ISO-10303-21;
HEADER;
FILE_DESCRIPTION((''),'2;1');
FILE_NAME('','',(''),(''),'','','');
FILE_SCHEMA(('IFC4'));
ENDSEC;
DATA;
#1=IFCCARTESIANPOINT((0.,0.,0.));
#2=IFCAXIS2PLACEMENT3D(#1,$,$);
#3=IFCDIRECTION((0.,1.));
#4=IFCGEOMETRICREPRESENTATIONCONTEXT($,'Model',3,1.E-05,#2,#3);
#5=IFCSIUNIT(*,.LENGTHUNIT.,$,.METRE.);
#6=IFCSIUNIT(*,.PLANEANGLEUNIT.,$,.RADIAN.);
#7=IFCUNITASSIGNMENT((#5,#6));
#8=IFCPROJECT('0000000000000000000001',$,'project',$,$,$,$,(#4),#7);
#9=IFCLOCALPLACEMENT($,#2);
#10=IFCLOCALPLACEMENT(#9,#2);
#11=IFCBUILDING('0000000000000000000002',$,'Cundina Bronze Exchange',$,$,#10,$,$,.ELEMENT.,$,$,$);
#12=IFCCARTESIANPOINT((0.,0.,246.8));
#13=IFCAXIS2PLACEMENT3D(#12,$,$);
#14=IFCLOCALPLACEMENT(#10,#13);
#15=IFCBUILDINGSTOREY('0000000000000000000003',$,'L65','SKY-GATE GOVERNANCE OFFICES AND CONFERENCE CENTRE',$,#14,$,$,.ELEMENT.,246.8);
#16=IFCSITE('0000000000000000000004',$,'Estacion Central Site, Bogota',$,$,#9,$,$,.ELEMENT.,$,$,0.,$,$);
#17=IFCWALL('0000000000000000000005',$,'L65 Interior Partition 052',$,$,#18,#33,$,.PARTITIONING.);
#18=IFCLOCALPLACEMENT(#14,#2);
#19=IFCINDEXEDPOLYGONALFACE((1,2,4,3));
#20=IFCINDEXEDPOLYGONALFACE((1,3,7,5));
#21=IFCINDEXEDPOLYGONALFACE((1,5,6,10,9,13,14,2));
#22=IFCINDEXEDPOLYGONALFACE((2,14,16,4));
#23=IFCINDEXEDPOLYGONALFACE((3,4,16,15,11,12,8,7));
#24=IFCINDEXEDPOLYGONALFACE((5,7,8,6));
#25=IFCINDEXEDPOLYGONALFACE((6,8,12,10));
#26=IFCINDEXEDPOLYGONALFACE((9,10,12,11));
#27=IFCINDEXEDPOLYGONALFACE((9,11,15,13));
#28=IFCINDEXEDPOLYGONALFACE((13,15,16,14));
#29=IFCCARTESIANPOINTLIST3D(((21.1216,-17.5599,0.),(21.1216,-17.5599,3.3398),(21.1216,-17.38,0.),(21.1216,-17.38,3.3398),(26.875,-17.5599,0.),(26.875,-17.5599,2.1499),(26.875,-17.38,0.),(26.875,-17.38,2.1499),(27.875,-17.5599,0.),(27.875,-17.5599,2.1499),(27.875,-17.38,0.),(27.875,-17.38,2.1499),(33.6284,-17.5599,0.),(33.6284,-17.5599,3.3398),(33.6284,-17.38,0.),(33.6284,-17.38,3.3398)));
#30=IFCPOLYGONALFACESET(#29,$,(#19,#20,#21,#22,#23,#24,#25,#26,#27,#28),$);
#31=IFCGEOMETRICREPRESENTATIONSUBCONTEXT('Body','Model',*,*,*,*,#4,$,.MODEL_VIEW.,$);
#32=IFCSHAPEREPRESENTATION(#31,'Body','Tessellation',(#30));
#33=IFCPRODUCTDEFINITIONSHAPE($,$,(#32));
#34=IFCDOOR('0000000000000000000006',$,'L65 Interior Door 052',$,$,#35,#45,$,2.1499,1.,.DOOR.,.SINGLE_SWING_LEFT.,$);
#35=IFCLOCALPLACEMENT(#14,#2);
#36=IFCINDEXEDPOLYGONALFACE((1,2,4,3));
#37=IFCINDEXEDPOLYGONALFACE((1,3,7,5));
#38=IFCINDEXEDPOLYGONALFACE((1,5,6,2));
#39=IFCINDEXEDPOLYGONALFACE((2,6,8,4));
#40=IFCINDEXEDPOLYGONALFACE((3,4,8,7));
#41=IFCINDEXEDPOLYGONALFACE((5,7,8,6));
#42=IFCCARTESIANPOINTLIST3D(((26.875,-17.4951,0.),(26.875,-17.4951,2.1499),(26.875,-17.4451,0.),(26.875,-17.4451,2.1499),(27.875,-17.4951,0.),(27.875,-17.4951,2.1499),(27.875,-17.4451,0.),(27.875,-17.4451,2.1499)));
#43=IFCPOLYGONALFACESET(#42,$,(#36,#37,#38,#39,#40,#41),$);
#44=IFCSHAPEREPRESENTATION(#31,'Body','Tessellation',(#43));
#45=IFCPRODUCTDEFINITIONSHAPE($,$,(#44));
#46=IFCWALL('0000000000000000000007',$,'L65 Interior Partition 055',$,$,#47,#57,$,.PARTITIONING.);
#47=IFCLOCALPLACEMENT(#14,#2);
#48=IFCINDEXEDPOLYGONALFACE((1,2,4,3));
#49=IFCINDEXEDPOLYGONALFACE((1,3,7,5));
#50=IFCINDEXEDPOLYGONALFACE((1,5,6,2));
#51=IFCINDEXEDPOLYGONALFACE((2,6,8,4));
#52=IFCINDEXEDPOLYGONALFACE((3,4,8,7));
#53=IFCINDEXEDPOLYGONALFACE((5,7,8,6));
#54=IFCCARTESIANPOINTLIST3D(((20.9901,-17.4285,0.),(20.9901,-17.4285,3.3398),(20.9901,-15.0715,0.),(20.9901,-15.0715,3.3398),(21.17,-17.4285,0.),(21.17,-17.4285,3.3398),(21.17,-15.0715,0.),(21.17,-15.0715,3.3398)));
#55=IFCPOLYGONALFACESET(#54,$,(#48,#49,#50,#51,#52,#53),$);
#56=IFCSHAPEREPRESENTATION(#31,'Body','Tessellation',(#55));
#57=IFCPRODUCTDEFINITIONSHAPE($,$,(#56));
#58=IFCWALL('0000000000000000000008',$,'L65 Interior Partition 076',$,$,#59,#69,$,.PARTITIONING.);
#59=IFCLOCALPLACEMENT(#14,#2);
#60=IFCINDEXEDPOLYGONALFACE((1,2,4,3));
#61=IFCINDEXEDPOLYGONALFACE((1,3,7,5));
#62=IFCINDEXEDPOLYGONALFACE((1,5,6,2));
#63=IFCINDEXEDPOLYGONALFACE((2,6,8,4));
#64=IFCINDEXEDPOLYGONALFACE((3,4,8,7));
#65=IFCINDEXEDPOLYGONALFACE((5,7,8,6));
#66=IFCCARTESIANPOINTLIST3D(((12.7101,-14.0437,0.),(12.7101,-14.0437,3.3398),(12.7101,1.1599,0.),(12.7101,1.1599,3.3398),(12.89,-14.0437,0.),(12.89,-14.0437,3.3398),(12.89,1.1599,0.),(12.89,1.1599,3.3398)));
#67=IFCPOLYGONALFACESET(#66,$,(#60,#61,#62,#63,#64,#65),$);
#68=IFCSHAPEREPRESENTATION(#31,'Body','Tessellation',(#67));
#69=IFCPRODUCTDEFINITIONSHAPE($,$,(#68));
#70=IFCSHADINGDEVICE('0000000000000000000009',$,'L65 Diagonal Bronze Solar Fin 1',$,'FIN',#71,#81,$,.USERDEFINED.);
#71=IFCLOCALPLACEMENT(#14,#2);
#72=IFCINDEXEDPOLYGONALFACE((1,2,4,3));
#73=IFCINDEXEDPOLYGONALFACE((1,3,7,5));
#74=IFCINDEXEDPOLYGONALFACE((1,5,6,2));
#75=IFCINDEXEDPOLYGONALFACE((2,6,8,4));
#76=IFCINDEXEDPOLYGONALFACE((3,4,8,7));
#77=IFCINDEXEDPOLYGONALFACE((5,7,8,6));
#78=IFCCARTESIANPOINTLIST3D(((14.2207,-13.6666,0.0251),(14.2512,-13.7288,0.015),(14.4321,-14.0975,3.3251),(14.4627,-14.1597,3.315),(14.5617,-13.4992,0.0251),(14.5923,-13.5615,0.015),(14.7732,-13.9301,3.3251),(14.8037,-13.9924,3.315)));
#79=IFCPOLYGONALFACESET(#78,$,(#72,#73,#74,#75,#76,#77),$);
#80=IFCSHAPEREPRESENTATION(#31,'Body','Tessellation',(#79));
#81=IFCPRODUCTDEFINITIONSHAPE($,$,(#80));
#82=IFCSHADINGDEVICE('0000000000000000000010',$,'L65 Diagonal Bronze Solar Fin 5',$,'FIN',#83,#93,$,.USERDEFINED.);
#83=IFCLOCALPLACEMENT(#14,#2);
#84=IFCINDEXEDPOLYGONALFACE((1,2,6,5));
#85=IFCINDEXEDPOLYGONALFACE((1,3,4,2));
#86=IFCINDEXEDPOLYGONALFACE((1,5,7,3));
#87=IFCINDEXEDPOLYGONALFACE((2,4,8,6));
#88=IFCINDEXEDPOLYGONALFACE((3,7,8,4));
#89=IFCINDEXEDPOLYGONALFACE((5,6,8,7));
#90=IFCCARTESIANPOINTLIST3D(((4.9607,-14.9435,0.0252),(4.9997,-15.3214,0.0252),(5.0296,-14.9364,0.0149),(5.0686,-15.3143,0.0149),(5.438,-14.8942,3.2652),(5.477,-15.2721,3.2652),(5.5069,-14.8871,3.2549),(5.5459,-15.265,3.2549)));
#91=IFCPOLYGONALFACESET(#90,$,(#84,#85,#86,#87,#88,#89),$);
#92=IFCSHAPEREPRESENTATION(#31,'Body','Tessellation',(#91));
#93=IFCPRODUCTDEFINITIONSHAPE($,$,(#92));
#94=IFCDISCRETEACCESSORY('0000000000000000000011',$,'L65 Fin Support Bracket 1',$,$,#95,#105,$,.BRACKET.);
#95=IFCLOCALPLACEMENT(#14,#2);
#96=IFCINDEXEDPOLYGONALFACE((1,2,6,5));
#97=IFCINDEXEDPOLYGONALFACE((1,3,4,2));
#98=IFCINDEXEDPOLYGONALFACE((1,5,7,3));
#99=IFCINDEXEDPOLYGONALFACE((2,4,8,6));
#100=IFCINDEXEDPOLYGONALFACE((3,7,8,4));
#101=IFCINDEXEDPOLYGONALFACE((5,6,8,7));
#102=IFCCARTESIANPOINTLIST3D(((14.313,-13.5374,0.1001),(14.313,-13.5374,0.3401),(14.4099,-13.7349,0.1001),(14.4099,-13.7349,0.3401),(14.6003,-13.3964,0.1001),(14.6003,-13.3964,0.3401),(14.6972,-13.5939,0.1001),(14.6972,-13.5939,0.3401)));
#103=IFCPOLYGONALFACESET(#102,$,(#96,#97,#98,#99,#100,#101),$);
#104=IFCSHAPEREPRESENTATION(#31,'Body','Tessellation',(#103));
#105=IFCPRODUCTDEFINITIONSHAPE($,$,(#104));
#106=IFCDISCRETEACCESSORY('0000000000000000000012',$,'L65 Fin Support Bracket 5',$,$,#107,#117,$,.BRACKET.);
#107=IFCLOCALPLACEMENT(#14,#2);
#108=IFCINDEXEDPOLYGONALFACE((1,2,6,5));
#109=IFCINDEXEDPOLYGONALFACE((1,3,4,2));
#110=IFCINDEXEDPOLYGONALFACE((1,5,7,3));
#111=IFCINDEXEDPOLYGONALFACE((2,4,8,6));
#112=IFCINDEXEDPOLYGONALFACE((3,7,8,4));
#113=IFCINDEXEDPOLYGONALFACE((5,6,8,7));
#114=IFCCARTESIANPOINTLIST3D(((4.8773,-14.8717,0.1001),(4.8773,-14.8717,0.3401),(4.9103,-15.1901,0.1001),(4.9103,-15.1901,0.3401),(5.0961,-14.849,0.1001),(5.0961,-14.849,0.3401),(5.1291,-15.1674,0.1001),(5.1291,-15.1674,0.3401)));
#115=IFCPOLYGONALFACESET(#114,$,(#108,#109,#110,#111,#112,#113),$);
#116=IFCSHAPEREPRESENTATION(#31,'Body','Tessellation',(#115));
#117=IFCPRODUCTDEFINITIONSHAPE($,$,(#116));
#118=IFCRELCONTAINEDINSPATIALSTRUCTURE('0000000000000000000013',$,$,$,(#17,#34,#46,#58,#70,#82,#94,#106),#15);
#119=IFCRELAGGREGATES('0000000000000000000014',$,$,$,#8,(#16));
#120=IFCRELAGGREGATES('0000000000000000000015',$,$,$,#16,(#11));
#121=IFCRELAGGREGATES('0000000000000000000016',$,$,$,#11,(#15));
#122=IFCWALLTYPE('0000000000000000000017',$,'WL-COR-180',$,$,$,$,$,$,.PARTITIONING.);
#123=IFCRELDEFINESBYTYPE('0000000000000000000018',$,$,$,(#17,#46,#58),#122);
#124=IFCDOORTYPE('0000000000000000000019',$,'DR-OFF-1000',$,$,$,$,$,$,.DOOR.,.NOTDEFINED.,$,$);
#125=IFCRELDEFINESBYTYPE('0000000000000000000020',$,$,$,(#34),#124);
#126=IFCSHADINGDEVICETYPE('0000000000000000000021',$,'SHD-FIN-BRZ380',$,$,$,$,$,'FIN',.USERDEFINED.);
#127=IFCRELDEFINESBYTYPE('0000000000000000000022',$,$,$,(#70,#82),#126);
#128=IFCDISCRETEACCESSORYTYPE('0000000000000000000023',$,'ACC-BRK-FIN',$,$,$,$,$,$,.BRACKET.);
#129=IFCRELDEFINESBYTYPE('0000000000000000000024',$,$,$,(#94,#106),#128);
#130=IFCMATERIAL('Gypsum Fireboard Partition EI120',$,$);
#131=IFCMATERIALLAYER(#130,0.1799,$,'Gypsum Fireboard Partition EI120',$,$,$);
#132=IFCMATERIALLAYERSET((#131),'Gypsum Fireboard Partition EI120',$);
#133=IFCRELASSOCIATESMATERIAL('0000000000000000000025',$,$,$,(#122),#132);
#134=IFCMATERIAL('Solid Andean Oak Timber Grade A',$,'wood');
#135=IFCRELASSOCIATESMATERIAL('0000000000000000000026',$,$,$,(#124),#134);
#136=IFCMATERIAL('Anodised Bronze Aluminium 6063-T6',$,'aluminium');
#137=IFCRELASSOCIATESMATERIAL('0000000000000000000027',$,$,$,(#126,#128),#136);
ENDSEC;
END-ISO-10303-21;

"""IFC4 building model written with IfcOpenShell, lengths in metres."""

from ifc_helpers import new_model, si_unit, direction, frame, frame_2d, origin, origin_2d, place, context, subcontext, project, spatial, rectangle, extrude, material, layer, layer_set, material_profile, profile_set, type_object, element, fill, save


model = new_model("IFC4")

# Units and contexts
model_context = context("Model", 3, precision=1e-05, world=origin(), true_north=direction((0.0, 1.0)))
body_context = subcontext(model_context, "Body", "Model", "MODEL_VIEW")
ifc_project = project(units=[si_unit("LENGTHUNIT", "METRE"), si_unit("PLANEANGLEUNIT", "RADIAN")], contexts=[model_context])

# Site, building, storey
site_placement = place(None, origin())
site = spatial("IfcSite", under=ifc_project, at=site_placement, Name="Estacion Central Site, Bogota", CompositionType="ELEMENT", RefElevation=0.0)
building_placement = place(site_placement, origin())
building = spatial("IfcBuilding", under=site, at=building_placement, Name="Cundina Bronze Exchange", CompositionType="ELEMENT")
storey_placement = place(building_placement, frame((0.0, 0.0, 246.8)))
storey = spatial("IfcBuildingStorey", under=building, at=storey_placement, Name="L65", Description="SKY-GATE GOVERNANCE OFFICES AND CONFERENCE CENTRE", CompositionType="ELEMENT", Elevation=246.8)

# Shared definitions
ifc_material_1 = material(Name="Anodised Bronze Aluminium 6063-T6", Category="aluminium")

# Shared definitions
ifc_material_2 = material(Name="Gypsum Fireboard Partition EI120")
ifc_layer_1 = layer(ifc_material_2, 0.1799, Name="Gypsum Fireboard Partition EI120")
ifc_layer_set_1 = layer_set([ifc_layer_1], Name="Gypsum Fireboard Partition EI120")
wall_type = type_object("IfcWallType", Name="WL-COR-180", PredefinedType="PARTITIONING", material=ifc_layer_set_1)

# Wall, opening, door
wall_1_placement = place(storey_placement, frame((21.1216, -17.47, 0.0), z_axis=(0.0, 0.0, 1.0), x_axis=(1.0, 0.0, 0.0)))
wall_1 = element("IfcWall", 1, at=wall_1_placement, inside=storey, type_object=wall_type, Name="L65 Interior Partition 052", PredefinedType="PARTITIONING", context=body_context, shape_type="SweptSolid", body=[
    extrude(rectangle(XDim=12.5068, YDim=0.1799, at=frame_2d((6.2534, 0.0))), origin(), (0.0, 0.0, 1.0), 3.3398),
])
opening_placement = place(wall_1_placement, frame((5.7534, 0.0, 0.0)))
opening = element("IfcOpeningElement", 2, at=opening_placement, cuts=wall_1, PredefinedType="OPENING", context=body_context, shape_type="SweptSolid", body=[
    extrude(rectangle(XDim=1.0, YDim=2.1499, at=frame_2d((0.5, 1.075))), frame((0.0, 0.0999, 0.0), z_axis=(0.0, -1.0, 0.0), x_axis=(1.0, 0.0, 0.0)), (0.0, 0.0, 1.0), 0.2),
])
ifc_material_3 = material(Name="Solid Andean Oak Timber Grade A", Category="wood")
door_type = type_object("IfcDoorType", Name="DR-OFF-1000", OperationType="NOTDEFINED", PredefinedType="DOOR", material=ifc_material_3)
door_placement = place(opening_placement, origin())
door = element("IfcDoor", 3, at=door_placement, inside=storey, type_object=door_type, Name="L65 Interior Door 052", OperationType="SINGLE_SWING_LEFT", OverallHeight=2.1499, OverallWidth=1.0, PredefinedType="DOOR", context=body_context, shape_type="SweptSolid", body=[
    extrude(rectangle(XDim=1.0, YDim=2.1499, at=frame_2d((0.5, 1.075))), frame((0.0, 0.0249, 0.0), z_axis=(0.0, -1.0, 0.0), x_axis=(1.0, 0.0, 0.0)), (0.0, 0.0, 1.0), 0.05),
])
fill(opening, door)

# Walls
wall_2_placement = place(storey_placement, frame((21.0801, -15.0715, 0.0), z_axis=(0.0, 0.0, 1.0), x_axis=(0.0, -1.0, 0.0)))
element("IfcWall", 4, at=wall_2_placement, inside=storey, type_object=wall_type, Name="L65 Interior Partition 055", PredefinedType="PARTITIONING", context=body_context, shape_type="SweptSolid", body=[
    extrude(rectangle(XDim=2.3569, YDim=0.1799, at=frame_2d((1.1785, 0.0))), origin(), (0.0, 0.0, 1.0), 3.3398),
])
wall_3_placement = place(storey_placement, frame((12.8, -14.0437, 0.0), z_axis=(0.0, 0.0, 1.0), x_axis=(0.0, 1.0, 0.0)))
element("IfcWall", 5, at=wall_3_placement, inside=storey, type_object=wall_type, Name="L65 Interior Partition 076", PredefinedType="PARTITIONING", context=body_context, shape_type="SweptSolid", body=[
    extrude(rectangle(XDim=15.2036, YDim=0.1799, at=frame_2d((7.6018, 0.0))), origin(), (0.0, 0.0, 1.0), 3.3398),
])

# Shading devices
ifc_material_profile_1 = material_profile(ifc_material_1, rectangle(XDim=0.0701, YDim=0.3799, at=origin_2d()), Name="FIN70X380", Category="aluminium")
ifc_profile_set_1 = profile_set([ifc_material_profile_1], Name="Anodised Bronze Aluminium 6063-T6")
shading_device_type = type_object("IfcShadingDeviceType", Name="SHD-FIN-BRZ380", ElementType="FIN", PredefinedType="USERDEFINED", material=ifc_profile_set_1)
shading_device_1_placement = place(storey_placement, frame((14.4065, -13.614, 0.02), z_axis=(0.0634, -0.129217, 0.989588), x_axis=(-0.4359, 0.888411, 0.143932)))
element("IfcShadingDevice", 6, at=shading_device_1_placement, inside=storey, type_object=shading_device_type, Name="L65 Diagonal Bronze Solar Fin 1", ObjectType="FIN", PredefinedType="USERDEFINED", context=body_context, shape_type="SweptSolid", body=[
    extrude(rectangle(XDim=0.0701, YDim=0.3799, at=origin_2d()), origin(), (0.0, 0.0, 1.0), 3.3347),
])
shading_device_2_placement = place(storey_placement, frame((5.0146, -15.1289, 0.02), z_axis=(0.145724, 0.015057, 0.989211), x_axis=(-0.983972, -0.101669, 0.1465)))
element("IfcShadingDevice", 7, at=shading_device_2_placement, inside=storey, type_object=shading_device_type, Name="L65 Diagonal Bronze Solar Fin 5", ObjectType="FIN", PredefinedType="USERDEFINED", context=body_context, shape_type="SweptSolid", body=[
    extrude(rectangle(XDim=0.0701, YDim=0.3799, at=origin_2d()), origin(), (0.0, 0.0, 1.0), 3.2754),
])

# Discrete accessories
discrete_accessory_type = type_object("IfcDiscreteAccessoryType", Name="ACC-BRK-FIN", PredefinedType="BRACKET", material=ifc_material_1)
for number, where, z_axis, x_axis, name in (
    (8, (14.5051, -13.5657, 0.1001), (0.0, 0.0, 1.0), (0.440503, -0.897751, 0.0), "L65 Fin Support Bracket 1"),
    (9, (5.0032, -15.0195, 0.1001), (0.0, 0.0, 1.0), (0.994672, 0.103088, 0.0), "L65 Fin Support Bracket 5"),
):
    element("IfcDiscreteAccessory", number, at=place(storey_placement, frame(where, z_axis=z_axis, x_axis=x_axis)), inside=storey, type_object=discrete_accessory_type, Name=name, PredefinedType="BRACKET", context=body_context, shape_type="SweptSolid", body=[
        extrude(rectangle(XDim=0.22, YDim=0.3201, at=origin_2d()), origin(), (0.0, 0.0, 1.0), 0.24),
    ])

save(model, "model.ifc")
